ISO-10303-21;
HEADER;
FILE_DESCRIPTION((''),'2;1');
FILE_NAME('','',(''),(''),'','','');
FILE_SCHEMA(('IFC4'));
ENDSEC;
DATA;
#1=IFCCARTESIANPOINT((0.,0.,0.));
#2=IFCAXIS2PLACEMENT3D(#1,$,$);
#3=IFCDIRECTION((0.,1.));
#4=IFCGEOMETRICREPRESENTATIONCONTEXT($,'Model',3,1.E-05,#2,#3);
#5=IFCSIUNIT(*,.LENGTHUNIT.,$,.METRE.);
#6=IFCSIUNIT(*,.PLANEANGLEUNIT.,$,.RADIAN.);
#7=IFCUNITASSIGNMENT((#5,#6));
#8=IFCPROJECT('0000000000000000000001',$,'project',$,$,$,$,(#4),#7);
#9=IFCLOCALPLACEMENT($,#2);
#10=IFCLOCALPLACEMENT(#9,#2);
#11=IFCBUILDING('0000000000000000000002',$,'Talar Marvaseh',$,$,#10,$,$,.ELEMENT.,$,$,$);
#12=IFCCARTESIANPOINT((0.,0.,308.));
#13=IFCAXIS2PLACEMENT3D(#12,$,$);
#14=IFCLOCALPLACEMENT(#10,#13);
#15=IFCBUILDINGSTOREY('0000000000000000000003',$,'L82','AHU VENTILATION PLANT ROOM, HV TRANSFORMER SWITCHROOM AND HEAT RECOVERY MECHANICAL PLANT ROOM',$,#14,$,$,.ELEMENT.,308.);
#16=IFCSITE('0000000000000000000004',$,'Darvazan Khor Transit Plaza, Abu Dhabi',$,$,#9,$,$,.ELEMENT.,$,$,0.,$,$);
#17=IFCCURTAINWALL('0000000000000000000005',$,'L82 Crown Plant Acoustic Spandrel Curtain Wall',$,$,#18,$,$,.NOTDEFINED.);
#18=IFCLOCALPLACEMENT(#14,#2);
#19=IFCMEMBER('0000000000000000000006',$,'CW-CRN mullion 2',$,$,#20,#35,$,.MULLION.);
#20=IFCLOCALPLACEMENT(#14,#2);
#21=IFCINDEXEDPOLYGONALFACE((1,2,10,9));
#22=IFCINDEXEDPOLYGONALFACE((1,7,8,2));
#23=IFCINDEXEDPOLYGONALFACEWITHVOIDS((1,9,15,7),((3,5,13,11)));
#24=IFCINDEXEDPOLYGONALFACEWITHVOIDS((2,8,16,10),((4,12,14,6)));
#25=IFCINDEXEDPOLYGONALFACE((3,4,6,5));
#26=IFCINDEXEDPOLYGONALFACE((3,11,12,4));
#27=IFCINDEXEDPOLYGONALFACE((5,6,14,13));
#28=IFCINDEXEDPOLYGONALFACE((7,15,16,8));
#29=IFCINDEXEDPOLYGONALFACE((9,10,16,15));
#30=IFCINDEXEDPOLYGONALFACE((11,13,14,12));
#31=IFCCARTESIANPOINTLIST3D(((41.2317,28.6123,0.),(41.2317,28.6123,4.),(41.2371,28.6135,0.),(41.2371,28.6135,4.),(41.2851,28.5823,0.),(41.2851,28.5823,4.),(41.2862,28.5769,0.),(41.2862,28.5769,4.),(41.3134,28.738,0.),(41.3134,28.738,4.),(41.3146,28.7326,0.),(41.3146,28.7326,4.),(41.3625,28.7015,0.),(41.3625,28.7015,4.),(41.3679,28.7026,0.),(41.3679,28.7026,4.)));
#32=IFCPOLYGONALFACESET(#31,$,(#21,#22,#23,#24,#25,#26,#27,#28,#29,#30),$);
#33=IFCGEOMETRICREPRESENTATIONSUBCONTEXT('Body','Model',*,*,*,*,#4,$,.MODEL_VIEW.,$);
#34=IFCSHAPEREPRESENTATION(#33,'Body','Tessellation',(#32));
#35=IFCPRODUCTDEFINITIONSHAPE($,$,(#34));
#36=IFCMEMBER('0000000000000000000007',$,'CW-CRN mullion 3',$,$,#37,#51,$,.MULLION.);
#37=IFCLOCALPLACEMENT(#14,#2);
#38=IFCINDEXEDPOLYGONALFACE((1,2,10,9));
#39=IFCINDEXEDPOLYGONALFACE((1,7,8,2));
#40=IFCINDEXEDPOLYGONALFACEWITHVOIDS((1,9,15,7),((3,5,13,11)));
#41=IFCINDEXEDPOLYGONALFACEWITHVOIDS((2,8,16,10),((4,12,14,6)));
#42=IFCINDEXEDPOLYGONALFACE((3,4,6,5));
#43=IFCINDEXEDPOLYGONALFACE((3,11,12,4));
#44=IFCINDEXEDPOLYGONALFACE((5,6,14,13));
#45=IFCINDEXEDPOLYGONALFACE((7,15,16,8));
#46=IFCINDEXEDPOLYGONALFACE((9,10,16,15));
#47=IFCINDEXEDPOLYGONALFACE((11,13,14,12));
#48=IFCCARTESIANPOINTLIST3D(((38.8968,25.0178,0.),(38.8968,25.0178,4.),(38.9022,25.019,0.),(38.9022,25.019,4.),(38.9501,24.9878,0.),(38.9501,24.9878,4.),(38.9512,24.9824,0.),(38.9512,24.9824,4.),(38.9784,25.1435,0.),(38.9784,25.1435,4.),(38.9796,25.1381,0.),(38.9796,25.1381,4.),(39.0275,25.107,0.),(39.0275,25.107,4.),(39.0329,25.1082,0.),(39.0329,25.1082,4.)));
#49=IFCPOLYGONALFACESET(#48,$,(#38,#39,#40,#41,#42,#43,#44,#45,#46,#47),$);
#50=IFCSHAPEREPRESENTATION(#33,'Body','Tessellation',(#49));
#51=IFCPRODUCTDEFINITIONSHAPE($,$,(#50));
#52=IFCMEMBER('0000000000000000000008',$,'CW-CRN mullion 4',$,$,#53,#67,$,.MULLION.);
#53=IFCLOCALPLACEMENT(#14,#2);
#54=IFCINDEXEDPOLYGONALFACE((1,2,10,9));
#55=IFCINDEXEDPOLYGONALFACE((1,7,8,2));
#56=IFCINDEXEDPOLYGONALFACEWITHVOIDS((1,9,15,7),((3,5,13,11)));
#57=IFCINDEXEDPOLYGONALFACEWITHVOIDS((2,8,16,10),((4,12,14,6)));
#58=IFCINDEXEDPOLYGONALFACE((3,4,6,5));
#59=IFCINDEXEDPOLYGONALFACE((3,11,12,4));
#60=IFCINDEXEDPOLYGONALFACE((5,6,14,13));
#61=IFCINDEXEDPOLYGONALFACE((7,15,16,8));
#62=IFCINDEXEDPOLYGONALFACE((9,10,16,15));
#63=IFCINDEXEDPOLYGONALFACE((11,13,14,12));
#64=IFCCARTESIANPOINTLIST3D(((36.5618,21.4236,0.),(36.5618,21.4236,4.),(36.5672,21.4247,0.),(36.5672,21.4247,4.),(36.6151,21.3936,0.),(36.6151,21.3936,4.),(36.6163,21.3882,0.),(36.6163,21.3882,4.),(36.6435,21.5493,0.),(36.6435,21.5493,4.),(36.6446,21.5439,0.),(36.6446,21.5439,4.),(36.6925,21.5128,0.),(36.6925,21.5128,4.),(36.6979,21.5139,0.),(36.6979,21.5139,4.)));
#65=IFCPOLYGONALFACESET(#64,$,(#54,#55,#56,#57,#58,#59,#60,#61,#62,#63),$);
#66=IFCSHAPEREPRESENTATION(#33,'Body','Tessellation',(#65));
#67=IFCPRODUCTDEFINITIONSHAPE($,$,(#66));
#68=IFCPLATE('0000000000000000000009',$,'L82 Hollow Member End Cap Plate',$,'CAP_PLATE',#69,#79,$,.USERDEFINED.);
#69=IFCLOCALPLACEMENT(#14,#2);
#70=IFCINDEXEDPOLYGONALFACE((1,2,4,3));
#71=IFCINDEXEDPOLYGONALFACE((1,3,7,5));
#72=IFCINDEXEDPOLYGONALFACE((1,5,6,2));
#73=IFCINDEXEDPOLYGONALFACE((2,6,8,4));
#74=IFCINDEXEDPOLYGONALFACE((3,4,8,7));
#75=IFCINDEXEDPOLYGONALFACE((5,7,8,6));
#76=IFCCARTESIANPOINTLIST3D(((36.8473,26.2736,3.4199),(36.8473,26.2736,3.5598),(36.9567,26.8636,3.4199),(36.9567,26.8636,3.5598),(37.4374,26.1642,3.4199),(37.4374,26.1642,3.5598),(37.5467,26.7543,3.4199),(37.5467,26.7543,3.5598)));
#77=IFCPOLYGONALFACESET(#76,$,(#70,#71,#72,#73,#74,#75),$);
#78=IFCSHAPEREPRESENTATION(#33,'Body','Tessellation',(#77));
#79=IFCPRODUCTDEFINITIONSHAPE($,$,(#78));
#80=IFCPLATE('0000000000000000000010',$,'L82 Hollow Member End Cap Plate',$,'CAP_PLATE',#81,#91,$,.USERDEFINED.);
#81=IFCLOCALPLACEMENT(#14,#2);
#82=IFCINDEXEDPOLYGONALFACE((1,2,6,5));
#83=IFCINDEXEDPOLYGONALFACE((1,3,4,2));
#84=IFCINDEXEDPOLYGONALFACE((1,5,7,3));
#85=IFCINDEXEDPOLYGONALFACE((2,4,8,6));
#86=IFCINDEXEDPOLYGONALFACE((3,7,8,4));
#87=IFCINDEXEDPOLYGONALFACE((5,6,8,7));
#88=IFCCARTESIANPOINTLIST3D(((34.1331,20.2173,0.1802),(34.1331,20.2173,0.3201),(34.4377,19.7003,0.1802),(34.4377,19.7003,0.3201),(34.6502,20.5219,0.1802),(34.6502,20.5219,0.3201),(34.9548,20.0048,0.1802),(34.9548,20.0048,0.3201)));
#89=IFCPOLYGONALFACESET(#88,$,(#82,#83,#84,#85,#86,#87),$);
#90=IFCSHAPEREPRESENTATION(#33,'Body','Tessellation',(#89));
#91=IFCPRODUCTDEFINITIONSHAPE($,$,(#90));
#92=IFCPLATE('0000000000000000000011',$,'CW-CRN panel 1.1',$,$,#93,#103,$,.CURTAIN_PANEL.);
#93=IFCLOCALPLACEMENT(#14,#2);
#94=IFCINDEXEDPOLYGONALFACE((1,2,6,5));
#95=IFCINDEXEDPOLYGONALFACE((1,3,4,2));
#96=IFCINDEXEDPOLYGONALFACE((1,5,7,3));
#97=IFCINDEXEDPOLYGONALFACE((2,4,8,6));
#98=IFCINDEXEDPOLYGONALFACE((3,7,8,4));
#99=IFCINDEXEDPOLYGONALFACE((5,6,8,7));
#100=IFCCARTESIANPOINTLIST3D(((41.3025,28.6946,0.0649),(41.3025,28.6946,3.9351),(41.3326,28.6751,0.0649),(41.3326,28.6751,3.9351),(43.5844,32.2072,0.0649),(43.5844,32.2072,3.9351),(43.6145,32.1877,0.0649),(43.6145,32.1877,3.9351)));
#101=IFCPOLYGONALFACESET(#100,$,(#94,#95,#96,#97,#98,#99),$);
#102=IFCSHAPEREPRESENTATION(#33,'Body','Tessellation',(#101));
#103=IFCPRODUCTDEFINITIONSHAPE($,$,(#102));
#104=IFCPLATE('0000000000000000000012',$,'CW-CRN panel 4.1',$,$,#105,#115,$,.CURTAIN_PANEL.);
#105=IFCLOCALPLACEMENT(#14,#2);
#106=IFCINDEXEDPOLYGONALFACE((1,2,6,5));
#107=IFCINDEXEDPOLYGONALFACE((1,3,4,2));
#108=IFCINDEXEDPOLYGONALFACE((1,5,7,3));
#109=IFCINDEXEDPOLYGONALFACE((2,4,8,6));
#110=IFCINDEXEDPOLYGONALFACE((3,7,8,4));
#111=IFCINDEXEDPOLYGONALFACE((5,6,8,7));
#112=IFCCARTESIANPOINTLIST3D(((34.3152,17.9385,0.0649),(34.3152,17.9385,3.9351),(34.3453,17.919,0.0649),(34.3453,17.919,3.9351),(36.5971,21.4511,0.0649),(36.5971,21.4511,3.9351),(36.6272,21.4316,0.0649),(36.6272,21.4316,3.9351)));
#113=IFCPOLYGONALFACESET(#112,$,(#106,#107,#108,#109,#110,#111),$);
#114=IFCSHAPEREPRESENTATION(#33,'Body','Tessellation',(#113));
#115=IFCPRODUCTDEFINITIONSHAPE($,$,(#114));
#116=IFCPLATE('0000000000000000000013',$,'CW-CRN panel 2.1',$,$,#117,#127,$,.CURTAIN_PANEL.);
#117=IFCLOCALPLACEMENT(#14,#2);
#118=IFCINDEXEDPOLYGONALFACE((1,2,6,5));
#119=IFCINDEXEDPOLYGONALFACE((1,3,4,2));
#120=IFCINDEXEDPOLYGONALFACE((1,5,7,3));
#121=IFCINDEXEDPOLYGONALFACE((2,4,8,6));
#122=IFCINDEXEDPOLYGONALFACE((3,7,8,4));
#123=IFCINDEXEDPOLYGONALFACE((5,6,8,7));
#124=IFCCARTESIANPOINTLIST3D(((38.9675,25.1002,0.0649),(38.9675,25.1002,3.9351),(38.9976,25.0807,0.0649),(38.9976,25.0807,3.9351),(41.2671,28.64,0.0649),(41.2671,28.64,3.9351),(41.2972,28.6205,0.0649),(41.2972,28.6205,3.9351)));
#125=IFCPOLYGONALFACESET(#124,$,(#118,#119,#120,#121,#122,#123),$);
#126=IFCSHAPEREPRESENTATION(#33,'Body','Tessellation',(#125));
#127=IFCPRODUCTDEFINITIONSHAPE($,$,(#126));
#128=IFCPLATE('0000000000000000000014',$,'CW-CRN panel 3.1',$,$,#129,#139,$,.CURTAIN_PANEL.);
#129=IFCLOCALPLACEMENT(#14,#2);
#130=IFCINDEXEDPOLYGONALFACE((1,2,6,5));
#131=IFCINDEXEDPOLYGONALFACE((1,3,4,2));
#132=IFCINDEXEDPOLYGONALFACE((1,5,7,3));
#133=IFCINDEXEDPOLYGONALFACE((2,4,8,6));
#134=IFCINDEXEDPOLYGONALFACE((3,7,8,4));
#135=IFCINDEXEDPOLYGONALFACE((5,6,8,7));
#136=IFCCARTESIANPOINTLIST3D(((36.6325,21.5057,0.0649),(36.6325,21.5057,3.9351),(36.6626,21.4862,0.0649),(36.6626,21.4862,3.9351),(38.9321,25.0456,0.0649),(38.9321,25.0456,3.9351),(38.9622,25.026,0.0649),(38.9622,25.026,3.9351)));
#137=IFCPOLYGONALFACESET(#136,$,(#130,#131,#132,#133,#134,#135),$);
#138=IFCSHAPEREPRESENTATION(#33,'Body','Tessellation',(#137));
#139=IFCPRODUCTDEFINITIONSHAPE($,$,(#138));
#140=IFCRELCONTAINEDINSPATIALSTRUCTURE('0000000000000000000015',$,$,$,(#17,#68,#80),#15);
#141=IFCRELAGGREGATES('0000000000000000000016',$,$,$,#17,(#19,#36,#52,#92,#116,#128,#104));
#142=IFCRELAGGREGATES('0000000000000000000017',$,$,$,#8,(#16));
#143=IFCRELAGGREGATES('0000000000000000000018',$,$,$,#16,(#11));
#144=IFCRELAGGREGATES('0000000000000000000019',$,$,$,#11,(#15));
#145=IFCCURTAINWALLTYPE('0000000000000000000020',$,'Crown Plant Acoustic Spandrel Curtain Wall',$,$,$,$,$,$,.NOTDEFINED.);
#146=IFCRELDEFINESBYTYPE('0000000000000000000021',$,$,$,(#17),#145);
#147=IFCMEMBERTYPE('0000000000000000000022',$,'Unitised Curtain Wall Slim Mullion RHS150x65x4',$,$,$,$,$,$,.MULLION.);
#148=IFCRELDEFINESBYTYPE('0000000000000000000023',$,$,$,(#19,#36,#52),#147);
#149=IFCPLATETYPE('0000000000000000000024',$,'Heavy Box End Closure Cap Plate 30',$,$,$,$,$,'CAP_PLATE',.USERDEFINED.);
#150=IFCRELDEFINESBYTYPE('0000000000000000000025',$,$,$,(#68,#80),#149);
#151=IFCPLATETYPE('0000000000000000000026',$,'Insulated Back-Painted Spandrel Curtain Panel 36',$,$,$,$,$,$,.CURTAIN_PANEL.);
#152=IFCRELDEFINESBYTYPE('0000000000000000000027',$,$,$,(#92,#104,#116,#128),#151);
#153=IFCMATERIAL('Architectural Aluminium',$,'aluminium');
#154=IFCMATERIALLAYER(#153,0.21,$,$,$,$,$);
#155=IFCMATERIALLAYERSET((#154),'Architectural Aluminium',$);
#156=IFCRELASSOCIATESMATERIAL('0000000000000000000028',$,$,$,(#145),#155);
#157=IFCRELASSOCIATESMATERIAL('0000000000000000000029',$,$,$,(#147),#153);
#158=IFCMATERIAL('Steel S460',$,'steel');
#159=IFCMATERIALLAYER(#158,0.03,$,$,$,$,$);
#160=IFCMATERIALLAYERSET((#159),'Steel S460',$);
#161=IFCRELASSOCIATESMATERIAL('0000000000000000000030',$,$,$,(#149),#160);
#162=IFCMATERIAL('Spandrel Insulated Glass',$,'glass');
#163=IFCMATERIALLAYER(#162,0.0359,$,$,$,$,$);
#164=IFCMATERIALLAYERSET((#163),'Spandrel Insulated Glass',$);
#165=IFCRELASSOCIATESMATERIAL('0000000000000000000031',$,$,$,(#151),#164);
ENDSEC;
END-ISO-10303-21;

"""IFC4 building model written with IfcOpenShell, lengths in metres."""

from ifc_helpers import new_model, si_unit, direction, frame, origin, origin_2d, place, context, subcontext, project, spatial, rectangle, hollow_rectangle, extrude, source, transform, mapped, material, layer, layer_set, material_profile, profile_set, type_object, type_shapes, element, aggregate, save


model = new_model("IFC4")

# Units and contexts
model_context = context("Model", 3, precision=1e-05, world=origin(), true_north=direction((0.0, 1.0)))
body_context = subcontext(model_context, "Body", "Model", "MODEL_VIEW")
ifc_project = project(units=[si_unit("LENGTHUNIT", "METRE"), si_unit("PLANEANGLEUNIT", "RADIAN")], contexts=[model_context])

# Site, building, storey
site_placement = place(None, origin())
site = spatial("IfcSite", under=ifc_project, at=site_placement, Name="Darvazan Khor Transit Plaza, Abu Dhabi", CompositionType="ELEMENT", RefElevation=0.0)
building_placement = place(site_placement, origin())
building = spatial("IfcBuilding", under=site, at=building_placement, Name="Talar Marvaseh", CompositionType="ELEMENT")
storey_placement = place(building_placement, frame((0.0, 0.0, 308.0)))
storey = spatial("IfcBuildingStorey", under=building, at=storey_placement, Name="L82", Description="AHU VENTILATION PLANT ROOM, HV TRANSFORMER SWITCHROOM AND HEAT RECOVERY MECHANICAL PLANT ROOM", CompositionType="ELEMENT", Elevation=308.0)

# Shared definitions
ifc_material_1 = material(Name="Steel S460", Category="steel")

# Curtain wall, members
ifc_material_2 = material(Name="Architectural Aluminium", Category="aluminium")
ifc_layer_1 = layer(ifc_material_2, 0.21)
ifc_layer_set_1 = layer_set([ifc_layer_1], Name="Architectural Aluminium")
curtain_wall_type = type_object("IfcCurtainWallType", Name="Crown Plant Acoustic Spandrel Curtain Wall", PredefinedType="NOTDEFINED", material=ifc_layer_set_1)
curtain_wall_placement = place(storey_placement, origin())
curtain_wall = element("IfcCurtainWall", 1, at=curtain_wall_placement, inside=storey, type_object=curtain_wall_type, Name="L82 Crown Plant Acoustic Spandrel Curtain Wall", PredefinedType="NOTDEFINED")
ifc_material_profile_1 = material_profile(ifc_material_2, hollow_rectangle(XDim=0.0649, YDim=0.1499, WallThickness=0.0039, at=origin_2d()), Name="RHS150x65x4")
ifc_profile_set_1 = profile_set([ifc_material_profile_1], Name="Architectural Aluminium")
member_type_1 = type_object("IfcMemberType", Name="Unitised Curtain Wall Slim Mullion RHS150x65x4", PredefinedType="MULLION", material=ifc_profile_set_1)
shared_shape_1 = source(origin(), body_context, "Body", "SweptSolid", [
    extrude(hollow_rectangle(XDim=0.0649, YDim=0.1499, WallThickness=0.0039, at=origin_2d()), origin(), (0.0, 0.0, 1.0), 4.0),
])
type_shapes(member_type_1, [shared_shape_1])
member_1_placement = place(storey_placement, frame((41.2998, 28.6575, 0.0), z_axis=(0.0, 0.0, 1.0), x_axis=(0.838586, -0.544769, 0.0)))
member_1 = element("IfcMember", 2, at=member_1_placement, type_object=member_type_1, Name="CW-CRN mullion 2", PredefinedType="MULLION", context=body_context, shape_type="MappedRepresentation", body=[
    mapped(shared_shape_1, transform((0.0, 0.0, 0.0), x_axis=(1.0, 0.0, 0.0), y_axis=(0.0, 1.0, 0.0), z_axis=(0.0, 0.0, 1.0), scale=1.0)),
])
member_2_placement = place(storey_placement, frame((38.9648, 25.063, 0.0), z_axis=(0.0, 0.0, 1.0), x_axis=(0.838586, -0.544769, 0.0)))
member_2 = element("IfcMember", 3, at=member_2_placement, type_object=member_type_1, Name="CW-CRN mullion 3", PredefinedType="MULLION", context=body_context, shape_type="MappedRepresentation", body=[
    mapped(shared_shape_1, transform((0.0, 0.0, 0.0), x_axis=(1.0, 0.0, 0.0), y_axis=(0.0, 1.0, 0.0), z_axis=(0.0, 0.0, 1.0), scale=1.0)),
])
member_3_placement = place(storey_placement, frame((36.6299, 21.4688, 0.0), z_axis=(0.0, 0.0, 1.0), x_axis=(0.838586, -0.544769, 0.0)))
member_3 = element("IfcMember", 4, at=member_3_placement, type_object=member_type_1, Name="CW-CRN mullion 4", PredefinedType="MULLION", context=body_context, shape_type="MappedRepresentation", body=[
    mapped(shared_shape_1, transform((0.0, 0.0, 0.0), x_axis=(1.0, 0.0, 0.0), y_axis=(0.0, 1.0, 0.0), z_axis=(0.0, 0.0, 1.0), scale=1.0)),
])

# Plates
ifc_layer_2 = layer(ifc_material_1, 0.03)
ifc_layer_set_2 = layer_set([ifc_layer_2], Name="Steel S460")
plate_type_1 = type_object("IfcPlateType", Name="Heavy Box End Closure Cap Plate 30", ElementType="CAP_PLATE", PredefinedType="USERDEFINED", material=ifc_layer_set_2)
shared_shape_2 = source(origin(), body_context, "Body", "SweptSolid", [
    extrude(rectangle(XDim=0.6001, YDim=0.6001, at=origin_2d()), origin(), (0.0, 0.0, 1.0), 0.1399),
])
type_shapes(plate_type_1, [shared_shape_2])
for number, where, z_axis, x_axis, name in (
    (5, (37.197, 26.5139, 3.4199), (0.0, 0.0, 1.0), (-0.182236, -0.983255, 0.0), "L82 Hollow Member End Cap Plate"),
    (6, (34.5439, 20.1111, 0.1802), (0.0, 0.0, 1.0), (-0.861629, -0.507538, 0.0), "L82 Hollow Member End Cap Plate"),
):
    element("IfcPlate", number, at=place(storey_placement, frame(where, z_axis=z_axis, x_axis=x_axis)), inside=storey, type_object=plate_type_1, Name=name, ObjectType="CAP_PLATE", PredefinedType="USERDEFINED", context=body_context, shape_type="MappedRepresentation", body=[
        mapped(shared_shape_2, transform((0.0, 0.0, 0.0), x_axis=(1.0, 0.0, 0.0), y_axis=(0.0, 1.0, 0.0), z_axis=(0.0, 0.0, 1.0), scale=1.0)),
    ])

# Plates
ifc_material_3 = material(Name="Spandrel Insulated Glass", Category="glass")
ifc_layer_3 = layer(ifc_material_3, 0.0359)
ifc_layer_set_3 = layer_set([ifc_layer_3], Name="Spandrel Insulated Glass")
plate_type_2 = type_object("IfcPlateType", Name="Insulated Back-Painted Spandrel Curtain Panel 36", PredefinedType="CURTAIN_PANEL", material=ifc_layer_set_3)
shared_shape_3 = source(origin(), body_context, "Body", "SweptSolid", [
    extrude(rectangle(XDim=4.1887, YDim=0.0359, at=origin_2d()), origin(), (0.0, 0.0, 1.0), 3.8701),
])
plate_1_placement = place(storey_placement, frame((42.4585, 30.4412, 0.0649), z_axis=(0.0, 0.0, 1.0), x_axis=(-0.544769, -0.838586, 0.0)))
plate_1 = element("IfcPlate", 7, at=plate_1_placement, type_object=plate_type_2, Name="CW-CRN panel 1.1", PredefinedType="CURTAIN_PANEL", context=body_context, shape_type="MappedRepresentation", body=[
    mapped(shared_shape_3, transform((0.0, 0.0, 0.0), x_axis=(1.0, 0.0, 0.0), y_axis=(0.0, 1.0, 0.0), z_axis=(0.0, 0.0, 1.0), scale=1.0)),
])
plate_2_placement = place(storey_placement, frame((35.4712, 19.6851, 0.0649), z_axis=(0.0, 0.0, 1.0), x_axis=(-0.544769, -0.838586, 0.0)))
plate_2 = element("IfcPlate", 8, at=plate_2_placement, type_object=plate_type_2, Name="CW-CRN panel 4.1", PredefinedType="CURTAIN_PANEL", context=body_context, shape_type="MappedRepresentation", body=[
    mapped(shared_shape_3, transform((0.0, 0.0, 0.0), x_axis=(1.0, 0.0, 0.0), y_axis=(0.0, 1.0, 0.0), z_axis=(0.0, 0.0, 1.0), scale=1.0)),
])
shared_shape_4 = source(origin(), body_context, "Body", "SweptSolid", [
    extrude(rectangle(XDim=4.2212, YDim=0.0359, at=origin_2d()), origin(), (0.0, 0.0, 1.0), 3.8701),
])
type_shapes(plate_type_2, [shared_shape_3, shared_shape_4])
plate_3_placement = place(storey_placement, frame((40.1323, 26.8604, 0.0649), z_axis=(0.0, 0.0, 1.0), x_axis=(-0.544769, -0.838586, 0.0)))
plate_3 = element("IfcPlate", 9, at=plate_3_placement, type_object=plate_type_2, Name="CW-CRN panel 2.1", PredefinedType="CURTAIN_PANEL", context=body_context, shape_type="MappedRepresentation", body=[
    mapped(shared_shape_4, transform((0.0, 0.0, 0.0), x_axis=(1.0, 0.0, 0.0), y_axis=(0.0, 1.0, 0.0), z_axis=(0.0, 0.0, 1.0), scale=1.0)),
])
plate_4_placement = place(storey_placement, frame((37.7974, 23.2659, 0.0649), z_axis=(0.0, 0.0, 1.0), x_axis=(-0.544769, -0.838586, 0.0)))
plate_4 = element("IfcPlate", 10, at=plate_4_placement, type_object=plate_type_2, Name="CW-CRN panel 3.1", PredefinedType="CURTAIN_PANEL", context=body_context, shape_type="MappedRepresentation", body=[
    mapped(shared_shape_4, transform((0.0, 0.0, 0.0), x_axis=(1.0, 0.0, 0.0), y_axis=(0.0, 1.0, 0.0), z_axis=(0.0, 0.0, 1.0), scale=1.0)),
])
aggregate(curtain_wall, [member_1, member_2, member_3, plate_1, plate_3, plate_4, plate_2])

save(model, "model.ifc")
